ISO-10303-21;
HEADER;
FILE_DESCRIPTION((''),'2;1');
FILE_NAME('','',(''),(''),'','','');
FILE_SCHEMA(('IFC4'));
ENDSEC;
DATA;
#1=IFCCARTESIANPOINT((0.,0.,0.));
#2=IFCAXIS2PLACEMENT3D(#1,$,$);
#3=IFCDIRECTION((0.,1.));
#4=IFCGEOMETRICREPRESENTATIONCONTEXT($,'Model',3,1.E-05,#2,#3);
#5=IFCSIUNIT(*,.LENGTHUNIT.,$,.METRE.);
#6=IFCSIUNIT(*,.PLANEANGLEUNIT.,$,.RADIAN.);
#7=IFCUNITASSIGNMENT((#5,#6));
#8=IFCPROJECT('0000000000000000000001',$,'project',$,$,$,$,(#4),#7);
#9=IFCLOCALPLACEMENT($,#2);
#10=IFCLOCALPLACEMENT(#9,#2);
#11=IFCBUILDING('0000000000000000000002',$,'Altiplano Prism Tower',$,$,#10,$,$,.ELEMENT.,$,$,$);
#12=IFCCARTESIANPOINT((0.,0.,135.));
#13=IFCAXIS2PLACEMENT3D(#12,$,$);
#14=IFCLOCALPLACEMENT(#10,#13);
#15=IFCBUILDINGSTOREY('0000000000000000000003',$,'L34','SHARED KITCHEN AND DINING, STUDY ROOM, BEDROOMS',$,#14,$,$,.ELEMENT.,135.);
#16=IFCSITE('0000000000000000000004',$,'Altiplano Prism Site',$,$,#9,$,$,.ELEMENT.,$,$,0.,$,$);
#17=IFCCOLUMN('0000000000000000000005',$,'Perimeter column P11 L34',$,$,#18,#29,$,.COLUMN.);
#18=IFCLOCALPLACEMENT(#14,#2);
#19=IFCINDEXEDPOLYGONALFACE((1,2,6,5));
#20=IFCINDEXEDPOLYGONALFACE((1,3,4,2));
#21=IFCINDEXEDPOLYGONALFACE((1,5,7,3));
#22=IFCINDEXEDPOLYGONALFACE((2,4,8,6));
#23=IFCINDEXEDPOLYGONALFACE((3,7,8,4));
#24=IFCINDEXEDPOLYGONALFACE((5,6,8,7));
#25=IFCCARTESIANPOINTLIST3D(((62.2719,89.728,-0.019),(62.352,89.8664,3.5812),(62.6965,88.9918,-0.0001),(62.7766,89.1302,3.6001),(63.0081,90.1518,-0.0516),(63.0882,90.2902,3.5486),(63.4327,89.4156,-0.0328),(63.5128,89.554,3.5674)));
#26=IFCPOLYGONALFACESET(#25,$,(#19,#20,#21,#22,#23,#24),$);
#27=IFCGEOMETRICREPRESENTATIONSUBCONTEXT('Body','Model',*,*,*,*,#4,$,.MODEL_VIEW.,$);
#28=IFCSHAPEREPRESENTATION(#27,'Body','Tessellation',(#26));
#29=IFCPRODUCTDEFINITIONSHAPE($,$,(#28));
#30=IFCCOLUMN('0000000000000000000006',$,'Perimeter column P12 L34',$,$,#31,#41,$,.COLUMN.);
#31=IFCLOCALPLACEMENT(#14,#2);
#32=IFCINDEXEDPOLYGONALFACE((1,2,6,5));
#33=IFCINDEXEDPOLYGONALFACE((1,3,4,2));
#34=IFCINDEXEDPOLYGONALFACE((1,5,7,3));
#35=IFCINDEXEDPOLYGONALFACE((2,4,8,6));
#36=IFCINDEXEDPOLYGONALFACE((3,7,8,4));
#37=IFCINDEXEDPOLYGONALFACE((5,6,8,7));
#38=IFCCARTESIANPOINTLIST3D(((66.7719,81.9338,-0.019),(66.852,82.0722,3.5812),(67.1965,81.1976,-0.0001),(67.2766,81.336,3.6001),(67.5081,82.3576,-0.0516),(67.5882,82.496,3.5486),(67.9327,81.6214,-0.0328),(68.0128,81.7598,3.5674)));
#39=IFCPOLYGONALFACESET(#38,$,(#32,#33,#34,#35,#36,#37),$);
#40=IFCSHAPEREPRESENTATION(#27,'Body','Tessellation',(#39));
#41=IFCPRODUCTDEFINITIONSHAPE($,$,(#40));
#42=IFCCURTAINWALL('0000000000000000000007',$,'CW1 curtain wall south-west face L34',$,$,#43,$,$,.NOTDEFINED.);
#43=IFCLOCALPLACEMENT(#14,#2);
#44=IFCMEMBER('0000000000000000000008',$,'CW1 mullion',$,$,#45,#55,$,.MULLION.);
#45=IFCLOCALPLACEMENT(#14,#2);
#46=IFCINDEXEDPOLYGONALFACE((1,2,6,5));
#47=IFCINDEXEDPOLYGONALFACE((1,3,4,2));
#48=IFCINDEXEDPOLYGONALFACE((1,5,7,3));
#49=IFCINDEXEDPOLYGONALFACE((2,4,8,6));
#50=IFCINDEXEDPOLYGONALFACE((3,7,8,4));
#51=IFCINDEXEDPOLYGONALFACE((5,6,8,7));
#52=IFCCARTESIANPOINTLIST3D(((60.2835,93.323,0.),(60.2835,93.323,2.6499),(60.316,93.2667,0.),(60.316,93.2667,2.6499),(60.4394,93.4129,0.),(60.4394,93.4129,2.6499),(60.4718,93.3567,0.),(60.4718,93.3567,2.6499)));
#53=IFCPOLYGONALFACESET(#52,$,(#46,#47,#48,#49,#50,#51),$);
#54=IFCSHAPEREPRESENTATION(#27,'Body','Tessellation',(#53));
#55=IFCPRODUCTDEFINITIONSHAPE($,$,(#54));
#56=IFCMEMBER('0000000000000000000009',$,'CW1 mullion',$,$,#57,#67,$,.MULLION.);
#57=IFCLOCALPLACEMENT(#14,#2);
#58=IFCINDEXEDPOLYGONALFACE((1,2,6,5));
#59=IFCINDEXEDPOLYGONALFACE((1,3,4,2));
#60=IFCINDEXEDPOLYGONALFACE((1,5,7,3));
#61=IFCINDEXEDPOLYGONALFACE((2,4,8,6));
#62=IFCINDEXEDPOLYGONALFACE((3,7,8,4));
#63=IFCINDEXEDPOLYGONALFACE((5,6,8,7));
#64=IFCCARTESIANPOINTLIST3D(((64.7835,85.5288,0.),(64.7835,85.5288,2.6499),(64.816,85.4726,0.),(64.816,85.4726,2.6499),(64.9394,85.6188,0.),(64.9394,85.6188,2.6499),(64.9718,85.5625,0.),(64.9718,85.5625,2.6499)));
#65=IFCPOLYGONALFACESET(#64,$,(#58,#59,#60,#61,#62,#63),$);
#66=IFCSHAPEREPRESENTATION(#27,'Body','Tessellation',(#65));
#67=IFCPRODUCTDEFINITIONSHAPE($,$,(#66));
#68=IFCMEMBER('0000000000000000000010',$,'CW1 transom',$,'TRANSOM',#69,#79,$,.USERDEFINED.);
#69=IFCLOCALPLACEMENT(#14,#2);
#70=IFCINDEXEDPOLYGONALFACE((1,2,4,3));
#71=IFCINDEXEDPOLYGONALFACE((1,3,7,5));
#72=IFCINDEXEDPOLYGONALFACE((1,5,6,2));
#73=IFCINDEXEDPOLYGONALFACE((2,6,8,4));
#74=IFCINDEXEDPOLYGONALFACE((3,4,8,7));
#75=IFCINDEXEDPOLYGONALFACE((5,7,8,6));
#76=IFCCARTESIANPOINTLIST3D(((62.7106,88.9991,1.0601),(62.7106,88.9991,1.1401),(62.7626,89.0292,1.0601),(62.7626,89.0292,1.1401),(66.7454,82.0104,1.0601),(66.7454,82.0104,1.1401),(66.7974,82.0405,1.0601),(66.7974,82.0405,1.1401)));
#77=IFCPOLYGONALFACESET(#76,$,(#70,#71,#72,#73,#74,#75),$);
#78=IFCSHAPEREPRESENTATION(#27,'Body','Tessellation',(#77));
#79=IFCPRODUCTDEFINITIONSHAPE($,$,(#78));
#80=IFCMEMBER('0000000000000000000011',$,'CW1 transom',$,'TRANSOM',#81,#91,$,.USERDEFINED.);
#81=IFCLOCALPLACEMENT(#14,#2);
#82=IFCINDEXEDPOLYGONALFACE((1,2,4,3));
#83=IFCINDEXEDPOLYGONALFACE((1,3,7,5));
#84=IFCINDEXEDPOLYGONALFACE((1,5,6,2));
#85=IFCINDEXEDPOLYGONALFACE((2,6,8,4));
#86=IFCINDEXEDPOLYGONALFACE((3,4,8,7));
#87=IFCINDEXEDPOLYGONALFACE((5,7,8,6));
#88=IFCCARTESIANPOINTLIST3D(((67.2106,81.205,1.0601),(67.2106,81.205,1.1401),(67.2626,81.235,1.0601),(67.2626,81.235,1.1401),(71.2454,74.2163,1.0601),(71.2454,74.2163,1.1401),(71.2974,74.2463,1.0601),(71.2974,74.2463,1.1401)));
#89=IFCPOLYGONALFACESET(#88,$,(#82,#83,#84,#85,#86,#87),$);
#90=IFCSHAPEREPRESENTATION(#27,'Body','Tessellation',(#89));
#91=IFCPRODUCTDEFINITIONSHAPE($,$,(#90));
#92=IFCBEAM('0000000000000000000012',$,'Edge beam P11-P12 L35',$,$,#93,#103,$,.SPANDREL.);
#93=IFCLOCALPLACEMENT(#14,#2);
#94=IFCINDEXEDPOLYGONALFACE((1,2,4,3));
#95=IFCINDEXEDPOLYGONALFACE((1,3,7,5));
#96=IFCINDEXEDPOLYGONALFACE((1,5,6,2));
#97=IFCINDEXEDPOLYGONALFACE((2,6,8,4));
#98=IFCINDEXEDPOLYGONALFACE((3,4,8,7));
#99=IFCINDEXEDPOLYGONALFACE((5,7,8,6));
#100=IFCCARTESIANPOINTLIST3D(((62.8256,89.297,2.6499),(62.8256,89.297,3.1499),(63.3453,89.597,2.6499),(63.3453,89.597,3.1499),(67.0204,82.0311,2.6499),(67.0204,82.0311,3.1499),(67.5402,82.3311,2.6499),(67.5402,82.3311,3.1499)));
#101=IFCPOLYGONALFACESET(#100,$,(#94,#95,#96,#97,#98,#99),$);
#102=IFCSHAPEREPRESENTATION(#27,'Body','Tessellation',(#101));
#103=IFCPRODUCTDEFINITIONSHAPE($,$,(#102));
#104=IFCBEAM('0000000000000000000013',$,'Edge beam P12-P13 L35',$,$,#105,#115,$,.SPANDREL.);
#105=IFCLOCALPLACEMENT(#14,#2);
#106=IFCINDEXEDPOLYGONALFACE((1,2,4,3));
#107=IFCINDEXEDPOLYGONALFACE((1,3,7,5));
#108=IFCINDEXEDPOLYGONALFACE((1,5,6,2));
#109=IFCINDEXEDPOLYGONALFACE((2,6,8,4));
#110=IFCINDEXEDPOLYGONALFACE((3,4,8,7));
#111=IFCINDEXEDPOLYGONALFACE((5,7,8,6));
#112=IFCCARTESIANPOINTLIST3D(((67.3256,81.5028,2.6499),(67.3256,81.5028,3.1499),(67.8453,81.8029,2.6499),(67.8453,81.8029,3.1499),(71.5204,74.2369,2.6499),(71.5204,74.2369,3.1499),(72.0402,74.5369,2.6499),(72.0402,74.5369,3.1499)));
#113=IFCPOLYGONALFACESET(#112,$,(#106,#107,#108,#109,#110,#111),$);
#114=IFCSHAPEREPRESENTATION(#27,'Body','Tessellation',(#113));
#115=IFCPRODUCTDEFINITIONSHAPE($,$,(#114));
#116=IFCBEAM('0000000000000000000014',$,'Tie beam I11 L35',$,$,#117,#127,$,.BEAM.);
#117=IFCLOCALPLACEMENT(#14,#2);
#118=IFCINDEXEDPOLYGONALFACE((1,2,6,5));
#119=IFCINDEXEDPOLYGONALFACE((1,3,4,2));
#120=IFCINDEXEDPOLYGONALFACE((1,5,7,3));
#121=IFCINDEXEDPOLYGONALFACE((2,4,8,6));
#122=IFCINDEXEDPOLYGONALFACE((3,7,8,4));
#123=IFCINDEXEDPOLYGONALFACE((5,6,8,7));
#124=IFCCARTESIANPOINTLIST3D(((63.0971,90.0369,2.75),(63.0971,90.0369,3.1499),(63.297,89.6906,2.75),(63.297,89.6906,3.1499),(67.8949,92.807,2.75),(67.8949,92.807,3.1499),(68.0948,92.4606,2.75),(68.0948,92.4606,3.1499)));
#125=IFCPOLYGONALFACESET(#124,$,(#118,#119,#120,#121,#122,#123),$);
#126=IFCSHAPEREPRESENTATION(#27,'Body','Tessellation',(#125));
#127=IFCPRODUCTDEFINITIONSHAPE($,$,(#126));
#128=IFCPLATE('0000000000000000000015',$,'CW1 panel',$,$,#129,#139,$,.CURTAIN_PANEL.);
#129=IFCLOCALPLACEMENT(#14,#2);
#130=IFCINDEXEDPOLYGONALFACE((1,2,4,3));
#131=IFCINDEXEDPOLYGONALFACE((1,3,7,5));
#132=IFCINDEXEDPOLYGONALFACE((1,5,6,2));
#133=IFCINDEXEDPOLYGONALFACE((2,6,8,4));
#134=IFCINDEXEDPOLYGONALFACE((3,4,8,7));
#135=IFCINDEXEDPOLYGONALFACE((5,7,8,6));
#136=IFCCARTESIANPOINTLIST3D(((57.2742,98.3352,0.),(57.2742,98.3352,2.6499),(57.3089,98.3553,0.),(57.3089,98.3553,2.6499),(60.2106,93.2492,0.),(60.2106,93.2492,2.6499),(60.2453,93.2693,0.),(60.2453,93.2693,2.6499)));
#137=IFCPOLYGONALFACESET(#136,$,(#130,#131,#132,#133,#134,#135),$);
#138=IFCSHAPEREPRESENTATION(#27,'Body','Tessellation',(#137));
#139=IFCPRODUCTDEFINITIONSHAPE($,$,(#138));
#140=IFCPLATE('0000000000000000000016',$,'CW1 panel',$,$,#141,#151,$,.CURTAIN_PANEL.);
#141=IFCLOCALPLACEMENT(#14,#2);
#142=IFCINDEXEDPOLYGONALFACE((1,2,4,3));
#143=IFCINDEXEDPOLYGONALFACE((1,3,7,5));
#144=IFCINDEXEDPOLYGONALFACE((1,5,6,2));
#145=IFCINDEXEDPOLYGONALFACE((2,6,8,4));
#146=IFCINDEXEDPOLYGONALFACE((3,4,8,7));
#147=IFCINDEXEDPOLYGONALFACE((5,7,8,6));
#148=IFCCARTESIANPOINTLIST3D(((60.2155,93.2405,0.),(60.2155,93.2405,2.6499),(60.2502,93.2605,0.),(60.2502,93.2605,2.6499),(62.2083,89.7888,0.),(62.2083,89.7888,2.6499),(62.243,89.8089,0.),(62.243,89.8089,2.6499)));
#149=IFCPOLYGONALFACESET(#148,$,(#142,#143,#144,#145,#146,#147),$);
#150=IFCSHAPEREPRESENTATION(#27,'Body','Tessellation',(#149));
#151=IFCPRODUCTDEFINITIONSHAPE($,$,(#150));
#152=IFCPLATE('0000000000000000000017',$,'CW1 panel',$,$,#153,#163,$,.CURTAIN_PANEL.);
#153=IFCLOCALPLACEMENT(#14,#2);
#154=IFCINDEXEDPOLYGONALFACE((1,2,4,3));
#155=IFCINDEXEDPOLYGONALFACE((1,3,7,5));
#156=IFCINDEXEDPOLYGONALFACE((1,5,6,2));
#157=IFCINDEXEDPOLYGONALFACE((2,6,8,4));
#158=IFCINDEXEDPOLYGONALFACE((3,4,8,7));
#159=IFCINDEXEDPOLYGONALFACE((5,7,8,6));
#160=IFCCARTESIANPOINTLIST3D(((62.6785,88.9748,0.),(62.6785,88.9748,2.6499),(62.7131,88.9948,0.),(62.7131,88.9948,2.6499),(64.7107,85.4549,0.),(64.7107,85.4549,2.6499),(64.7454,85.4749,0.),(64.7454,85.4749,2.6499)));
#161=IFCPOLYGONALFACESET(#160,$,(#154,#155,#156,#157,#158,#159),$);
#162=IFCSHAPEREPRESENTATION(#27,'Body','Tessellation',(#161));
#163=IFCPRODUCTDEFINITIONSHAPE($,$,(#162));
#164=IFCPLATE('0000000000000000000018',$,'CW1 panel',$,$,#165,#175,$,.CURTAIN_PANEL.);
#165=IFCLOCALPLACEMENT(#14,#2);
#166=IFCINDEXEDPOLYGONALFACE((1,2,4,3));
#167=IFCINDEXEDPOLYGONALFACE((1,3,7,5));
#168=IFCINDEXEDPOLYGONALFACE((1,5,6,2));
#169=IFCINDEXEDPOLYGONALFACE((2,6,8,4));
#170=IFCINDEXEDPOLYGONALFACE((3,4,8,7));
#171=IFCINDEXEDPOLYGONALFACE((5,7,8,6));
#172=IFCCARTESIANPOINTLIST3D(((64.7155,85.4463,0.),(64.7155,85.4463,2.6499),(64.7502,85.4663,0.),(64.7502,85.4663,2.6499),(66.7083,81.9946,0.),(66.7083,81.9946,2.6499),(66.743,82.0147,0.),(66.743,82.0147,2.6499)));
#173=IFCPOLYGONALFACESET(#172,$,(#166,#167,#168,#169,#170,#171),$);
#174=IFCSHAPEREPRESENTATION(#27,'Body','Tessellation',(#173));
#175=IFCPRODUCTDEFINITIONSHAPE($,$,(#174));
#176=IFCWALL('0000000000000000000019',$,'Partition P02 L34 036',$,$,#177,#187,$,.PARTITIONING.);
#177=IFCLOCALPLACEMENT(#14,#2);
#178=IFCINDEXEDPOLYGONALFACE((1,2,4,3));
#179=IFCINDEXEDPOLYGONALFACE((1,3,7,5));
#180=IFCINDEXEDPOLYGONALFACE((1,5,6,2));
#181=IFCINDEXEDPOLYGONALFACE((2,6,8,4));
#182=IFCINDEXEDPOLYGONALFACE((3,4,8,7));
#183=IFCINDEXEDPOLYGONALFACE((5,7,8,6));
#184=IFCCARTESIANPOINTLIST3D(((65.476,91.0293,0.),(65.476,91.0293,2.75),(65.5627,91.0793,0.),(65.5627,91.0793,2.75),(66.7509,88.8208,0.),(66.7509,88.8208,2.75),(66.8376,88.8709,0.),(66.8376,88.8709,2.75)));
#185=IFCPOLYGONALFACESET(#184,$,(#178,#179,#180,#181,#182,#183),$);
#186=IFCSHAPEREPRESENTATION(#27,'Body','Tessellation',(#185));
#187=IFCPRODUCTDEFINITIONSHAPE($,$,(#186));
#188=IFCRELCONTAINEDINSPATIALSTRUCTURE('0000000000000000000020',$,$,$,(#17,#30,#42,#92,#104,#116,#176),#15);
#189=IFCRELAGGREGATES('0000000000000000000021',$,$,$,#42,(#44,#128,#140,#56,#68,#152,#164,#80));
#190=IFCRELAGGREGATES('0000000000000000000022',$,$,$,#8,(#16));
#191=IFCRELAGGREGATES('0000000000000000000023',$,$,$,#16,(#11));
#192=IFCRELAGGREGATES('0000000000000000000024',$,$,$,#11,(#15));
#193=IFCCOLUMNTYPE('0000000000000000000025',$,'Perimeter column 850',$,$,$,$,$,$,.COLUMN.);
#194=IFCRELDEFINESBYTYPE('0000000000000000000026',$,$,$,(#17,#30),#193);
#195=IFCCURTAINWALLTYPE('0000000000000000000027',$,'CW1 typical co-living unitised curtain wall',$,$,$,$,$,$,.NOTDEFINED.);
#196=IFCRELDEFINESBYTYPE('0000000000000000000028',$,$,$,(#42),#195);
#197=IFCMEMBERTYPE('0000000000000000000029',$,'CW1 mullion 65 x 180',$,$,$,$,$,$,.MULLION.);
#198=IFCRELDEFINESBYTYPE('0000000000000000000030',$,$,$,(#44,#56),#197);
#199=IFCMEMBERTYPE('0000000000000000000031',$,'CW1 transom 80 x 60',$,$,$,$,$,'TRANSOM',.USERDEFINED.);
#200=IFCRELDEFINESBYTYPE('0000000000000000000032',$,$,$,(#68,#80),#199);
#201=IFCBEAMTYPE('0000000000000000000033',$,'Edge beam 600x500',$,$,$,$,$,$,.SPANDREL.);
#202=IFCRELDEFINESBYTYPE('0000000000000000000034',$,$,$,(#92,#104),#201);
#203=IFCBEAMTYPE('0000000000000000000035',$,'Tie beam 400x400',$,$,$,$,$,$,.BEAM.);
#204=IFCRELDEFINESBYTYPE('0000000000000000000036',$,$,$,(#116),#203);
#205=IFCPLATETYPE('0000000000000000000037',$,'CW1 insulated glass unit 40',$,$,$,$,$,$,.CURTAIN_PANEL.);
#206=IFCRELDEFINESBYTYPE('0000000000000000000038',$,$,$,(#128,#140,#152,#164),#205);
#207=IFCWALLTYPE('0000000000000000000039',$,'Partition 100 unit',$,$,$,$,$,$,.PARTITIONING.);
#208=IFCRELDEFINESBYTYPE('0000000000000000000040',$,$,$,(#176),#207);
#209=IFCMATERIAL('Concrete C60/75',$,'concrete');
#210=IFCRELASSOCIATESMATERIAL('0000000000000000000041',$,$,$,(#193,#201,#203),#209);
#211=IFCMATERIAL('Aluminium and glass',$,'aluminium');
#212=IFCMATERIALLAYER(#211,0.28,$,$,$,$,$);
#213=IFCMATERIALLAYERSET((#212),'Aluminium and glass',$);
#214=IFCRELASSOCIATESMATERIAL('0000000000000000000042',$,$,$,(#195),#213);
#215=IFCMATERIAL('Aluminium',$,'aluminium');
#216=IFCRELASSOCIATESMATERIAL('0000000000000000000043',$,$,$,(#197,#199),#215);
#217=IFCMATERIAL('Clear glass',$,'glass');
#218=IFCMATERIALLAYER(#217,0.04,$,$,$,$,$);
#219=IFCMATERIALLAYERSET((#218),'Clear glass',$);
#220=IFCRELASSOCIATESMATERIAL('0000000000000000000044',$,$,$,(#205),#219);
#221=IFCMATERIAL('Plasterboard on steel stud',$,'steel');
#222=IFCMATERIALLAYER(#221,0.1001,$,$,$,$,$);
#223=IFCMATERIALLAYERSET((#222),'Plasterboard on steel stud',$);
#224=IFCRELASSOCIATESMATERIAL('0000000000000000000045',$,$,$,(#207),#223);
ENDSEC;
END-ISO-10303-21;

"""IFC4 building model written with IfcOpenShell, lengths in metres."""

from ifc_helpers import new_model, si_unit, direction, frame, frame_2d, origin, origin_2d, place, context, subcontext, project, spatial, rectangle, extrude, material, layer, layer_set, material_profile, profile_set, type_object, element, aggregate, save


model = new_model("IFC4")

# Units and contexts
model_context = context("Model", 3, precision=1e-05, world=origin(), true_north=direction((0.0, 1.0)))
body_context = subcontext(model_context, "Body", "Model", "MODEL_VIEW")
ifc_project = project(units=[si_unit("LENGTHUNIT", "METRE"), si_unit("PLANEANGLEUNIT", "RADIAN")], contexts=[model_context])

# Site, building, storey
site_placement = place(None, origin())
site = spatial("IfcSite", under=ifc_project, at=site_placement, Name="Altiplano Prism Site", CompositionType="ELEMENT", RefElevation=0.0)
building_placement = place(site_placement, origin())
building = spatial("IfcBuilding", under=site, at=building_placement, Name="Altiplano Prism Tower", CompositionType="ELEMENT")
storey_placement = place(building_placement, frame((0.0, 0.0, 135.0)))
storey = spatial("IfcBuildingStorey", under=building, at=storey_placement, Name="L34", Description="SHARED KITCHEN AND DINING, STUDY ROOM, BEDROOMS", CompositionType="ELEMENT", Elevation=135.0)

# Columns
ifc_material_1 = material(Name="Concrete C60/75", Category="concrete")
ifc_material_profile_1 = material_profile(ifc_material_1, rectangle(XDim=0.8501, YDim=0.8501, at=origin_2d()), Name="Perimeter column 850")
ifc_profile_set_1 = profile_set([ifc_material_profile_1], Name="Concrete C60/75")
column_type = type_object("IfcColumnType", Name="Perimeter column 850", PredefinedType="COLUMN", material=ifc_profile_set_1)
for number, where, z_axis, x_axis, name in (
    (1, (62.8523, 89.5718, -0.0259), (0.022221, 0.038413, 0.999015), (-0.86602, -0.49853, 0.038432), "Perimeter column P11 L34"),
    (2, (67.3523, 81.7776, -0.0259), (0.022221, 0.038413, 0.999015), (-0.866019, -0.498532, 0.038432), "Perimeter column P12 L34"),
):
    element("IfcColumn", number, at=place(storey_placement, frame(where, z_axis=z_axis, x_axis=x_axis)), inside=storey, type_object=column_type, Name=name, PredefinedType="COLUMN", context=body_context, shape_type="SweptSolid", body=[
        extrude(rectangle(XDim=0.8501, YDim=0.8501, at=origin_2d()), origin(), (0.0, 0.0, 1.0), 3.6038),
    ])

# Curtain wall, members
ifc_material_2 = material(Name="Aluminium and glass", Category="aluminium")
ifc_layer_1 = layer(ifc_material_2, 0.28)
ifc_layer_set_1 = layer_set([ifc_layer_1], Name="Aluminium and glass")
curtain_wall_type = type_object("IfcCurtainWallType", Name="CW1 typical co-living unitised curtain wall", PredefinedType="NOTDEFINED", material=ifc_layer_set_1)
curtain_wall_placement = place(storey_placement, origin())
curtain_wall = element("IfcCurtainWall", 3, at=curtain_wall_placement, inside=storey, type_object=curtain_wall_type, Name="CW1 curtain wall south-west face L34", PredefinedType="NOTDEFINED")
ifc_material_3 = material(Name="Aluminium", Category="aluminium")
ifc_material_profile_2 = material_profile(ifc_material_3, rectangle(XDim=0.1799, YDim=0.0649, at=origin_2d()), Name="CW1 mullion 65 x 180")
ifc_profile_set_2 = profile_set([ifc_material_profile_2], Name="Aluminium")
member_type_1 = type_object("IfcMemberType", Name="CW1 mullion 65 x 180", PredefinedType="MULLION", material=ifc_profile_set_2)
member_1_placement = place(storey_placement, frame((60.3777, 93.3398, 0.0), z_axis=(0.0, 0.0, 1.0), x_axis=(0.866025, 0.5, 0.0)))
member_1 = element("IfcMember", 4, at=member_1_placement, type_object=member_type_1, Name="CW1 mullion", PredefinedType="MULLION", context=body_context, shape_type="SweptSolid", body=[
    extrude(rectangle(XDim=0.1799, YDim=0.0649, at=origin_2d()), origin(), (0.0, 0.0, 1.0), 2.6499),
])
member_2_placement = place(storey_placement, frame((64.8777, 85.5457, 0.0), z_axis=(0.0, 0.0, 1.0), x_axis=(0.866025, 0.5, 0.0)))
member_2 = element("IfcMember", 5, at=member_2_placement, type_object=member_type_1, Name="CW1 mullion", PredefinedType="MULLION", context=body_context, shape_type="SweptSolid", body=[
    extrude(rectangle(XDim=0.1799, YDim=0.0649, at=origin_2d()), origin(), (0.0, 0.0, 1.0), 2.6499),
])
ifc_material_profile_3 = material_profile(ifc_material_3, rectangle(XDim=0.0601, YDim=0.0801, at=origin_2d()), Name="CW1 transom 80 x 60")
ifc_profile_set_3 = profile_set([ifc_material_profile_3], Name="Aluminium")
member_type_2 = type_object("IfcMemberType", Name="CW1 transom 80 x 60", ElementType="TRANSOM", PredefinedType="USERDEFINED", material=ifc_profile_set_3)
member_3_placement = place(storey_placement, frame((62.7366, 89.0142, 1.1001), z_axis=(0.499995, -0.866028, 0.0), x_axis=(0.866028, 0.499995, 0.0)))
member_3 = element("IfcMember", 6, at=member_3_placement, type_object=member_type_2, Name="CW1 transom", ObjectType="TRANSOM", PredefinedType="USERDEFINED", context=body_context, shape_type="SweptSolid", body=[
    extrude(rectangle(XDim=0.0601, YDim=0.0801, at=origin_2d()), origin(), (0.0, 0.0, 1.0), 8.0698),
])
member_4_placement = place(storey_placement, frame((67.2366, 81.22, 1.1001), z_axis=(0.499995, -0.866028, 0.0), x_axis=(0.866028, 0.499995, 0.0)))
member_4 = element("IfcMember", 7, at=member_4_placement, type_object=member_type_2, Name="CW1 transom", ObjectType="TRANSOM", PredefinedType="USERDEFINED", context=body_context, shape_type="SweptSolid", body=[
    extrude(rectangle(XDim=0.0601, YDim=0.0801, at=origin_2d()), origin(), (0.0, 0.0, 1.0), 8.0698),
])

# Beams
ifc_material_profile_4 = material_profile(ifc_material_1, rectangle(XDim=0.6001, YDim=0.5, at=origin_2d()), Name="Edge beam 600x500")
ifc_profile_set_4 = profile_set([ifc_material_profile_4], Name="Concrete C60/75")
beam_type_1 = type_object("IfcBeamType", Name="Edge beam 600x500", PredefinedType="SPANDREL", material=ifc_profile_set_4)
for number, where, z_axis, x_axis, name in (
    (8, (63.0854, 89.447, 2.8999), (0.499989, -0.866032, 0.0), (0.866032, 0.499989, 0.0), "Edge beam P11-P12 L35"),
    (9, (67.5854, 81.6528, 2.8999), (0.499989, -0.866032, 0.0), (0.866032, 0.499989, 0.0), "Edge beam P12-P13 L35"),
):
    element("IfcBeam", number, at=place(storey_placement, frame(where, z_axis=z_axis, x_axis=x_axis)), inside=storey, type_object=beam_type_1, Name=name, PredefinedType="SPANDREL", context=body_context, shape_type="SweptSolid", body=[
        extrude(rectangle(XDim=0.6001, YDim=0.5, at=origin_2d()), origin(), (0.0, 0.0, 1.0), 8.3899),
    ])
ifc_material_profile_5 = material_profile(ifc_material_1, rectangle(XDim=0.3999, YDim=0.3999, at=origin_2d()), Name="Tie beam 400x400")
ifc_profile_set_5 = profile_set([ifc_material_profile_5], Name="Concrete C60/75")
beam_type_2 = type_object("IfcBeamType", Name="Tie beam 400x400", PredefinedType="BEAM", material=ifc_profile_set_5)
beam_placement = place(storey_placement, frame((67.9949, 92.6338, 2.95), z_axis=(-0.866027, -0.499997, 0.0), x_axis=(0.499997, -0.866027, 0.0)))
element("IfcBeam", 10, at=beam_placement, inside=storey, type_object=beam_type_2, Name="Tie beam I11 L35", PredefinedType="BEAM", context=body_context, shape_type="SweptSolid", body=[
    extrude(rectangle(XDim=0.3999, YDim=0.3999, at=origin_2d()), origin(), (0.0, 0.0, 1.0), 5.54),
])

# Plates
ifc_material_4 = material(Name="Clear glass", Category="glass")
ifc_layer_2 = layer(ifc_material_4, 0.04)
ifc_layer_set_2 = layer_set([ifc_layer_2], Name="Clear glass")
plate_type = type_object("IfcPlateType", Name="CW1 insulated glass unit 40", PredefinedType="CURTAIN_PANEL", material=ifc_layer_set_2)
plate_1_placement = place(storey_placement, frame((58.7598, 95.8022, 0.0), z_axis=(0.0, 0.0, 1.0), x_axis=(0.5, -0.866025, 0.0)))
plate_1 = element("IfcPlate", 11, at=plate_1_placement, type_object=plate_type, Name="CW1 panel", PredefinedType="CURTAIN_PANEL", context=body_context, shape_type="SweptSolid", body=[
    extrude(rectangle(XDim=5.8728, YDim=0.04, at=origin_2d()), origin(), (0.0, 0.0, 1.0), 2.6499),
])
plate_2_placement = place(storey_placement, frame((61.2292, 91.5247, 0.0), z_axis=(0.0, 0.0, 1.0), x_axis=(0.5, -0.866025, 0.0)))
plate_2 = element("IfcPlate", 12, at=plate_2_placement, type_object=plate_type, Name="CW1 panel", PredefinedType="CURTAIN_PANEL", context=body_context, shape_type="SweptSolid", body=[
    extrude(rectangle(XDim=3.9856, YDim=0.04, at=origin_2d()), origin(), (0.0, 0.0, 1.0), 2.6499),
])
plate_3_placement = place(storey_placement, frame((63.7119, 87.2249, 0.0), z_axis=(0.0, 0.0, 1.0), x_axis=(0.5, -0.866025, 0.0)))
plate_3 = element("IfcPlate", 13, at=plate_3_placement, type_object=plate_type, Name="CW1 panel", PredefinedType="CURTAIN_PANEL", context=body_context, shape_type="SweptSolid", body=[
    extrude(rectangle(XDim=4.0645, YDim=0.04, at=origin_2d()), origin(), (0.0, 0.0, 1.0), 2.6499),
])
plate_4_placement = place(storey_placement, frame((65.7292, 83.7305, 0.0), z_axis=(0.0, 0.0, 1.0), x_axis=(0.5, -0.866025, 0.0)))
plate_4 = element("IfcPlate", 14, at=plate_4_placement, type_object=plate_type, Name="CW1 panel", PredefinedType="CURTAIN_PANEL", context=body_context, shape_type="SweptSolid", body=[
    extrude(rectangle(XDim=3.9856, YDim=0.04, at=origin_2d()), origin(), (0.0, 0.0, 1.0), 2.6499),
])
aggregate(curtain_wall, [member_1, plate_1, plate_2, member_2, member_3, plate_3, plate_4, member_4])

# Wall
ifc_material_5 = material(Name="Plasterboard on steel stud", Category="steel")
ifc_layer_3 = layer(ifc_material_5, 0.1001)
ifc_layer_set_3 = layer_set([ifc_layer_3], Name="Plasterboard on steel stud")
wall_type_1 = type_object("IfcWallType", Name="Partition 100 unit", PredefinedType="PARTITIONING", material=ifc_layer_set_3)
wall_1_placement = place(storey_placement, frame((66.7942, 88.8459, 0.0), z_axis=(0.0, 0.0, 1.0), x_axis=(-0.499949, 0.866055, 0.0)))
element("IfcWall", 15, at=wall_1_placement, inside=storey, type_object=wall_type_1, Name="Partition P02 L34 036", PredefinedType="PARTITIONING", context=body_context, shape_type="SweptSolid", body=[
    extrude(rectangle(XDim=2.55, YDim=0.1001, at=frame_2d((1.2749, 0.0))), origin(), (0.0, 0.0, 1.0), 2.75),
])

save(model, "model.ifc")
